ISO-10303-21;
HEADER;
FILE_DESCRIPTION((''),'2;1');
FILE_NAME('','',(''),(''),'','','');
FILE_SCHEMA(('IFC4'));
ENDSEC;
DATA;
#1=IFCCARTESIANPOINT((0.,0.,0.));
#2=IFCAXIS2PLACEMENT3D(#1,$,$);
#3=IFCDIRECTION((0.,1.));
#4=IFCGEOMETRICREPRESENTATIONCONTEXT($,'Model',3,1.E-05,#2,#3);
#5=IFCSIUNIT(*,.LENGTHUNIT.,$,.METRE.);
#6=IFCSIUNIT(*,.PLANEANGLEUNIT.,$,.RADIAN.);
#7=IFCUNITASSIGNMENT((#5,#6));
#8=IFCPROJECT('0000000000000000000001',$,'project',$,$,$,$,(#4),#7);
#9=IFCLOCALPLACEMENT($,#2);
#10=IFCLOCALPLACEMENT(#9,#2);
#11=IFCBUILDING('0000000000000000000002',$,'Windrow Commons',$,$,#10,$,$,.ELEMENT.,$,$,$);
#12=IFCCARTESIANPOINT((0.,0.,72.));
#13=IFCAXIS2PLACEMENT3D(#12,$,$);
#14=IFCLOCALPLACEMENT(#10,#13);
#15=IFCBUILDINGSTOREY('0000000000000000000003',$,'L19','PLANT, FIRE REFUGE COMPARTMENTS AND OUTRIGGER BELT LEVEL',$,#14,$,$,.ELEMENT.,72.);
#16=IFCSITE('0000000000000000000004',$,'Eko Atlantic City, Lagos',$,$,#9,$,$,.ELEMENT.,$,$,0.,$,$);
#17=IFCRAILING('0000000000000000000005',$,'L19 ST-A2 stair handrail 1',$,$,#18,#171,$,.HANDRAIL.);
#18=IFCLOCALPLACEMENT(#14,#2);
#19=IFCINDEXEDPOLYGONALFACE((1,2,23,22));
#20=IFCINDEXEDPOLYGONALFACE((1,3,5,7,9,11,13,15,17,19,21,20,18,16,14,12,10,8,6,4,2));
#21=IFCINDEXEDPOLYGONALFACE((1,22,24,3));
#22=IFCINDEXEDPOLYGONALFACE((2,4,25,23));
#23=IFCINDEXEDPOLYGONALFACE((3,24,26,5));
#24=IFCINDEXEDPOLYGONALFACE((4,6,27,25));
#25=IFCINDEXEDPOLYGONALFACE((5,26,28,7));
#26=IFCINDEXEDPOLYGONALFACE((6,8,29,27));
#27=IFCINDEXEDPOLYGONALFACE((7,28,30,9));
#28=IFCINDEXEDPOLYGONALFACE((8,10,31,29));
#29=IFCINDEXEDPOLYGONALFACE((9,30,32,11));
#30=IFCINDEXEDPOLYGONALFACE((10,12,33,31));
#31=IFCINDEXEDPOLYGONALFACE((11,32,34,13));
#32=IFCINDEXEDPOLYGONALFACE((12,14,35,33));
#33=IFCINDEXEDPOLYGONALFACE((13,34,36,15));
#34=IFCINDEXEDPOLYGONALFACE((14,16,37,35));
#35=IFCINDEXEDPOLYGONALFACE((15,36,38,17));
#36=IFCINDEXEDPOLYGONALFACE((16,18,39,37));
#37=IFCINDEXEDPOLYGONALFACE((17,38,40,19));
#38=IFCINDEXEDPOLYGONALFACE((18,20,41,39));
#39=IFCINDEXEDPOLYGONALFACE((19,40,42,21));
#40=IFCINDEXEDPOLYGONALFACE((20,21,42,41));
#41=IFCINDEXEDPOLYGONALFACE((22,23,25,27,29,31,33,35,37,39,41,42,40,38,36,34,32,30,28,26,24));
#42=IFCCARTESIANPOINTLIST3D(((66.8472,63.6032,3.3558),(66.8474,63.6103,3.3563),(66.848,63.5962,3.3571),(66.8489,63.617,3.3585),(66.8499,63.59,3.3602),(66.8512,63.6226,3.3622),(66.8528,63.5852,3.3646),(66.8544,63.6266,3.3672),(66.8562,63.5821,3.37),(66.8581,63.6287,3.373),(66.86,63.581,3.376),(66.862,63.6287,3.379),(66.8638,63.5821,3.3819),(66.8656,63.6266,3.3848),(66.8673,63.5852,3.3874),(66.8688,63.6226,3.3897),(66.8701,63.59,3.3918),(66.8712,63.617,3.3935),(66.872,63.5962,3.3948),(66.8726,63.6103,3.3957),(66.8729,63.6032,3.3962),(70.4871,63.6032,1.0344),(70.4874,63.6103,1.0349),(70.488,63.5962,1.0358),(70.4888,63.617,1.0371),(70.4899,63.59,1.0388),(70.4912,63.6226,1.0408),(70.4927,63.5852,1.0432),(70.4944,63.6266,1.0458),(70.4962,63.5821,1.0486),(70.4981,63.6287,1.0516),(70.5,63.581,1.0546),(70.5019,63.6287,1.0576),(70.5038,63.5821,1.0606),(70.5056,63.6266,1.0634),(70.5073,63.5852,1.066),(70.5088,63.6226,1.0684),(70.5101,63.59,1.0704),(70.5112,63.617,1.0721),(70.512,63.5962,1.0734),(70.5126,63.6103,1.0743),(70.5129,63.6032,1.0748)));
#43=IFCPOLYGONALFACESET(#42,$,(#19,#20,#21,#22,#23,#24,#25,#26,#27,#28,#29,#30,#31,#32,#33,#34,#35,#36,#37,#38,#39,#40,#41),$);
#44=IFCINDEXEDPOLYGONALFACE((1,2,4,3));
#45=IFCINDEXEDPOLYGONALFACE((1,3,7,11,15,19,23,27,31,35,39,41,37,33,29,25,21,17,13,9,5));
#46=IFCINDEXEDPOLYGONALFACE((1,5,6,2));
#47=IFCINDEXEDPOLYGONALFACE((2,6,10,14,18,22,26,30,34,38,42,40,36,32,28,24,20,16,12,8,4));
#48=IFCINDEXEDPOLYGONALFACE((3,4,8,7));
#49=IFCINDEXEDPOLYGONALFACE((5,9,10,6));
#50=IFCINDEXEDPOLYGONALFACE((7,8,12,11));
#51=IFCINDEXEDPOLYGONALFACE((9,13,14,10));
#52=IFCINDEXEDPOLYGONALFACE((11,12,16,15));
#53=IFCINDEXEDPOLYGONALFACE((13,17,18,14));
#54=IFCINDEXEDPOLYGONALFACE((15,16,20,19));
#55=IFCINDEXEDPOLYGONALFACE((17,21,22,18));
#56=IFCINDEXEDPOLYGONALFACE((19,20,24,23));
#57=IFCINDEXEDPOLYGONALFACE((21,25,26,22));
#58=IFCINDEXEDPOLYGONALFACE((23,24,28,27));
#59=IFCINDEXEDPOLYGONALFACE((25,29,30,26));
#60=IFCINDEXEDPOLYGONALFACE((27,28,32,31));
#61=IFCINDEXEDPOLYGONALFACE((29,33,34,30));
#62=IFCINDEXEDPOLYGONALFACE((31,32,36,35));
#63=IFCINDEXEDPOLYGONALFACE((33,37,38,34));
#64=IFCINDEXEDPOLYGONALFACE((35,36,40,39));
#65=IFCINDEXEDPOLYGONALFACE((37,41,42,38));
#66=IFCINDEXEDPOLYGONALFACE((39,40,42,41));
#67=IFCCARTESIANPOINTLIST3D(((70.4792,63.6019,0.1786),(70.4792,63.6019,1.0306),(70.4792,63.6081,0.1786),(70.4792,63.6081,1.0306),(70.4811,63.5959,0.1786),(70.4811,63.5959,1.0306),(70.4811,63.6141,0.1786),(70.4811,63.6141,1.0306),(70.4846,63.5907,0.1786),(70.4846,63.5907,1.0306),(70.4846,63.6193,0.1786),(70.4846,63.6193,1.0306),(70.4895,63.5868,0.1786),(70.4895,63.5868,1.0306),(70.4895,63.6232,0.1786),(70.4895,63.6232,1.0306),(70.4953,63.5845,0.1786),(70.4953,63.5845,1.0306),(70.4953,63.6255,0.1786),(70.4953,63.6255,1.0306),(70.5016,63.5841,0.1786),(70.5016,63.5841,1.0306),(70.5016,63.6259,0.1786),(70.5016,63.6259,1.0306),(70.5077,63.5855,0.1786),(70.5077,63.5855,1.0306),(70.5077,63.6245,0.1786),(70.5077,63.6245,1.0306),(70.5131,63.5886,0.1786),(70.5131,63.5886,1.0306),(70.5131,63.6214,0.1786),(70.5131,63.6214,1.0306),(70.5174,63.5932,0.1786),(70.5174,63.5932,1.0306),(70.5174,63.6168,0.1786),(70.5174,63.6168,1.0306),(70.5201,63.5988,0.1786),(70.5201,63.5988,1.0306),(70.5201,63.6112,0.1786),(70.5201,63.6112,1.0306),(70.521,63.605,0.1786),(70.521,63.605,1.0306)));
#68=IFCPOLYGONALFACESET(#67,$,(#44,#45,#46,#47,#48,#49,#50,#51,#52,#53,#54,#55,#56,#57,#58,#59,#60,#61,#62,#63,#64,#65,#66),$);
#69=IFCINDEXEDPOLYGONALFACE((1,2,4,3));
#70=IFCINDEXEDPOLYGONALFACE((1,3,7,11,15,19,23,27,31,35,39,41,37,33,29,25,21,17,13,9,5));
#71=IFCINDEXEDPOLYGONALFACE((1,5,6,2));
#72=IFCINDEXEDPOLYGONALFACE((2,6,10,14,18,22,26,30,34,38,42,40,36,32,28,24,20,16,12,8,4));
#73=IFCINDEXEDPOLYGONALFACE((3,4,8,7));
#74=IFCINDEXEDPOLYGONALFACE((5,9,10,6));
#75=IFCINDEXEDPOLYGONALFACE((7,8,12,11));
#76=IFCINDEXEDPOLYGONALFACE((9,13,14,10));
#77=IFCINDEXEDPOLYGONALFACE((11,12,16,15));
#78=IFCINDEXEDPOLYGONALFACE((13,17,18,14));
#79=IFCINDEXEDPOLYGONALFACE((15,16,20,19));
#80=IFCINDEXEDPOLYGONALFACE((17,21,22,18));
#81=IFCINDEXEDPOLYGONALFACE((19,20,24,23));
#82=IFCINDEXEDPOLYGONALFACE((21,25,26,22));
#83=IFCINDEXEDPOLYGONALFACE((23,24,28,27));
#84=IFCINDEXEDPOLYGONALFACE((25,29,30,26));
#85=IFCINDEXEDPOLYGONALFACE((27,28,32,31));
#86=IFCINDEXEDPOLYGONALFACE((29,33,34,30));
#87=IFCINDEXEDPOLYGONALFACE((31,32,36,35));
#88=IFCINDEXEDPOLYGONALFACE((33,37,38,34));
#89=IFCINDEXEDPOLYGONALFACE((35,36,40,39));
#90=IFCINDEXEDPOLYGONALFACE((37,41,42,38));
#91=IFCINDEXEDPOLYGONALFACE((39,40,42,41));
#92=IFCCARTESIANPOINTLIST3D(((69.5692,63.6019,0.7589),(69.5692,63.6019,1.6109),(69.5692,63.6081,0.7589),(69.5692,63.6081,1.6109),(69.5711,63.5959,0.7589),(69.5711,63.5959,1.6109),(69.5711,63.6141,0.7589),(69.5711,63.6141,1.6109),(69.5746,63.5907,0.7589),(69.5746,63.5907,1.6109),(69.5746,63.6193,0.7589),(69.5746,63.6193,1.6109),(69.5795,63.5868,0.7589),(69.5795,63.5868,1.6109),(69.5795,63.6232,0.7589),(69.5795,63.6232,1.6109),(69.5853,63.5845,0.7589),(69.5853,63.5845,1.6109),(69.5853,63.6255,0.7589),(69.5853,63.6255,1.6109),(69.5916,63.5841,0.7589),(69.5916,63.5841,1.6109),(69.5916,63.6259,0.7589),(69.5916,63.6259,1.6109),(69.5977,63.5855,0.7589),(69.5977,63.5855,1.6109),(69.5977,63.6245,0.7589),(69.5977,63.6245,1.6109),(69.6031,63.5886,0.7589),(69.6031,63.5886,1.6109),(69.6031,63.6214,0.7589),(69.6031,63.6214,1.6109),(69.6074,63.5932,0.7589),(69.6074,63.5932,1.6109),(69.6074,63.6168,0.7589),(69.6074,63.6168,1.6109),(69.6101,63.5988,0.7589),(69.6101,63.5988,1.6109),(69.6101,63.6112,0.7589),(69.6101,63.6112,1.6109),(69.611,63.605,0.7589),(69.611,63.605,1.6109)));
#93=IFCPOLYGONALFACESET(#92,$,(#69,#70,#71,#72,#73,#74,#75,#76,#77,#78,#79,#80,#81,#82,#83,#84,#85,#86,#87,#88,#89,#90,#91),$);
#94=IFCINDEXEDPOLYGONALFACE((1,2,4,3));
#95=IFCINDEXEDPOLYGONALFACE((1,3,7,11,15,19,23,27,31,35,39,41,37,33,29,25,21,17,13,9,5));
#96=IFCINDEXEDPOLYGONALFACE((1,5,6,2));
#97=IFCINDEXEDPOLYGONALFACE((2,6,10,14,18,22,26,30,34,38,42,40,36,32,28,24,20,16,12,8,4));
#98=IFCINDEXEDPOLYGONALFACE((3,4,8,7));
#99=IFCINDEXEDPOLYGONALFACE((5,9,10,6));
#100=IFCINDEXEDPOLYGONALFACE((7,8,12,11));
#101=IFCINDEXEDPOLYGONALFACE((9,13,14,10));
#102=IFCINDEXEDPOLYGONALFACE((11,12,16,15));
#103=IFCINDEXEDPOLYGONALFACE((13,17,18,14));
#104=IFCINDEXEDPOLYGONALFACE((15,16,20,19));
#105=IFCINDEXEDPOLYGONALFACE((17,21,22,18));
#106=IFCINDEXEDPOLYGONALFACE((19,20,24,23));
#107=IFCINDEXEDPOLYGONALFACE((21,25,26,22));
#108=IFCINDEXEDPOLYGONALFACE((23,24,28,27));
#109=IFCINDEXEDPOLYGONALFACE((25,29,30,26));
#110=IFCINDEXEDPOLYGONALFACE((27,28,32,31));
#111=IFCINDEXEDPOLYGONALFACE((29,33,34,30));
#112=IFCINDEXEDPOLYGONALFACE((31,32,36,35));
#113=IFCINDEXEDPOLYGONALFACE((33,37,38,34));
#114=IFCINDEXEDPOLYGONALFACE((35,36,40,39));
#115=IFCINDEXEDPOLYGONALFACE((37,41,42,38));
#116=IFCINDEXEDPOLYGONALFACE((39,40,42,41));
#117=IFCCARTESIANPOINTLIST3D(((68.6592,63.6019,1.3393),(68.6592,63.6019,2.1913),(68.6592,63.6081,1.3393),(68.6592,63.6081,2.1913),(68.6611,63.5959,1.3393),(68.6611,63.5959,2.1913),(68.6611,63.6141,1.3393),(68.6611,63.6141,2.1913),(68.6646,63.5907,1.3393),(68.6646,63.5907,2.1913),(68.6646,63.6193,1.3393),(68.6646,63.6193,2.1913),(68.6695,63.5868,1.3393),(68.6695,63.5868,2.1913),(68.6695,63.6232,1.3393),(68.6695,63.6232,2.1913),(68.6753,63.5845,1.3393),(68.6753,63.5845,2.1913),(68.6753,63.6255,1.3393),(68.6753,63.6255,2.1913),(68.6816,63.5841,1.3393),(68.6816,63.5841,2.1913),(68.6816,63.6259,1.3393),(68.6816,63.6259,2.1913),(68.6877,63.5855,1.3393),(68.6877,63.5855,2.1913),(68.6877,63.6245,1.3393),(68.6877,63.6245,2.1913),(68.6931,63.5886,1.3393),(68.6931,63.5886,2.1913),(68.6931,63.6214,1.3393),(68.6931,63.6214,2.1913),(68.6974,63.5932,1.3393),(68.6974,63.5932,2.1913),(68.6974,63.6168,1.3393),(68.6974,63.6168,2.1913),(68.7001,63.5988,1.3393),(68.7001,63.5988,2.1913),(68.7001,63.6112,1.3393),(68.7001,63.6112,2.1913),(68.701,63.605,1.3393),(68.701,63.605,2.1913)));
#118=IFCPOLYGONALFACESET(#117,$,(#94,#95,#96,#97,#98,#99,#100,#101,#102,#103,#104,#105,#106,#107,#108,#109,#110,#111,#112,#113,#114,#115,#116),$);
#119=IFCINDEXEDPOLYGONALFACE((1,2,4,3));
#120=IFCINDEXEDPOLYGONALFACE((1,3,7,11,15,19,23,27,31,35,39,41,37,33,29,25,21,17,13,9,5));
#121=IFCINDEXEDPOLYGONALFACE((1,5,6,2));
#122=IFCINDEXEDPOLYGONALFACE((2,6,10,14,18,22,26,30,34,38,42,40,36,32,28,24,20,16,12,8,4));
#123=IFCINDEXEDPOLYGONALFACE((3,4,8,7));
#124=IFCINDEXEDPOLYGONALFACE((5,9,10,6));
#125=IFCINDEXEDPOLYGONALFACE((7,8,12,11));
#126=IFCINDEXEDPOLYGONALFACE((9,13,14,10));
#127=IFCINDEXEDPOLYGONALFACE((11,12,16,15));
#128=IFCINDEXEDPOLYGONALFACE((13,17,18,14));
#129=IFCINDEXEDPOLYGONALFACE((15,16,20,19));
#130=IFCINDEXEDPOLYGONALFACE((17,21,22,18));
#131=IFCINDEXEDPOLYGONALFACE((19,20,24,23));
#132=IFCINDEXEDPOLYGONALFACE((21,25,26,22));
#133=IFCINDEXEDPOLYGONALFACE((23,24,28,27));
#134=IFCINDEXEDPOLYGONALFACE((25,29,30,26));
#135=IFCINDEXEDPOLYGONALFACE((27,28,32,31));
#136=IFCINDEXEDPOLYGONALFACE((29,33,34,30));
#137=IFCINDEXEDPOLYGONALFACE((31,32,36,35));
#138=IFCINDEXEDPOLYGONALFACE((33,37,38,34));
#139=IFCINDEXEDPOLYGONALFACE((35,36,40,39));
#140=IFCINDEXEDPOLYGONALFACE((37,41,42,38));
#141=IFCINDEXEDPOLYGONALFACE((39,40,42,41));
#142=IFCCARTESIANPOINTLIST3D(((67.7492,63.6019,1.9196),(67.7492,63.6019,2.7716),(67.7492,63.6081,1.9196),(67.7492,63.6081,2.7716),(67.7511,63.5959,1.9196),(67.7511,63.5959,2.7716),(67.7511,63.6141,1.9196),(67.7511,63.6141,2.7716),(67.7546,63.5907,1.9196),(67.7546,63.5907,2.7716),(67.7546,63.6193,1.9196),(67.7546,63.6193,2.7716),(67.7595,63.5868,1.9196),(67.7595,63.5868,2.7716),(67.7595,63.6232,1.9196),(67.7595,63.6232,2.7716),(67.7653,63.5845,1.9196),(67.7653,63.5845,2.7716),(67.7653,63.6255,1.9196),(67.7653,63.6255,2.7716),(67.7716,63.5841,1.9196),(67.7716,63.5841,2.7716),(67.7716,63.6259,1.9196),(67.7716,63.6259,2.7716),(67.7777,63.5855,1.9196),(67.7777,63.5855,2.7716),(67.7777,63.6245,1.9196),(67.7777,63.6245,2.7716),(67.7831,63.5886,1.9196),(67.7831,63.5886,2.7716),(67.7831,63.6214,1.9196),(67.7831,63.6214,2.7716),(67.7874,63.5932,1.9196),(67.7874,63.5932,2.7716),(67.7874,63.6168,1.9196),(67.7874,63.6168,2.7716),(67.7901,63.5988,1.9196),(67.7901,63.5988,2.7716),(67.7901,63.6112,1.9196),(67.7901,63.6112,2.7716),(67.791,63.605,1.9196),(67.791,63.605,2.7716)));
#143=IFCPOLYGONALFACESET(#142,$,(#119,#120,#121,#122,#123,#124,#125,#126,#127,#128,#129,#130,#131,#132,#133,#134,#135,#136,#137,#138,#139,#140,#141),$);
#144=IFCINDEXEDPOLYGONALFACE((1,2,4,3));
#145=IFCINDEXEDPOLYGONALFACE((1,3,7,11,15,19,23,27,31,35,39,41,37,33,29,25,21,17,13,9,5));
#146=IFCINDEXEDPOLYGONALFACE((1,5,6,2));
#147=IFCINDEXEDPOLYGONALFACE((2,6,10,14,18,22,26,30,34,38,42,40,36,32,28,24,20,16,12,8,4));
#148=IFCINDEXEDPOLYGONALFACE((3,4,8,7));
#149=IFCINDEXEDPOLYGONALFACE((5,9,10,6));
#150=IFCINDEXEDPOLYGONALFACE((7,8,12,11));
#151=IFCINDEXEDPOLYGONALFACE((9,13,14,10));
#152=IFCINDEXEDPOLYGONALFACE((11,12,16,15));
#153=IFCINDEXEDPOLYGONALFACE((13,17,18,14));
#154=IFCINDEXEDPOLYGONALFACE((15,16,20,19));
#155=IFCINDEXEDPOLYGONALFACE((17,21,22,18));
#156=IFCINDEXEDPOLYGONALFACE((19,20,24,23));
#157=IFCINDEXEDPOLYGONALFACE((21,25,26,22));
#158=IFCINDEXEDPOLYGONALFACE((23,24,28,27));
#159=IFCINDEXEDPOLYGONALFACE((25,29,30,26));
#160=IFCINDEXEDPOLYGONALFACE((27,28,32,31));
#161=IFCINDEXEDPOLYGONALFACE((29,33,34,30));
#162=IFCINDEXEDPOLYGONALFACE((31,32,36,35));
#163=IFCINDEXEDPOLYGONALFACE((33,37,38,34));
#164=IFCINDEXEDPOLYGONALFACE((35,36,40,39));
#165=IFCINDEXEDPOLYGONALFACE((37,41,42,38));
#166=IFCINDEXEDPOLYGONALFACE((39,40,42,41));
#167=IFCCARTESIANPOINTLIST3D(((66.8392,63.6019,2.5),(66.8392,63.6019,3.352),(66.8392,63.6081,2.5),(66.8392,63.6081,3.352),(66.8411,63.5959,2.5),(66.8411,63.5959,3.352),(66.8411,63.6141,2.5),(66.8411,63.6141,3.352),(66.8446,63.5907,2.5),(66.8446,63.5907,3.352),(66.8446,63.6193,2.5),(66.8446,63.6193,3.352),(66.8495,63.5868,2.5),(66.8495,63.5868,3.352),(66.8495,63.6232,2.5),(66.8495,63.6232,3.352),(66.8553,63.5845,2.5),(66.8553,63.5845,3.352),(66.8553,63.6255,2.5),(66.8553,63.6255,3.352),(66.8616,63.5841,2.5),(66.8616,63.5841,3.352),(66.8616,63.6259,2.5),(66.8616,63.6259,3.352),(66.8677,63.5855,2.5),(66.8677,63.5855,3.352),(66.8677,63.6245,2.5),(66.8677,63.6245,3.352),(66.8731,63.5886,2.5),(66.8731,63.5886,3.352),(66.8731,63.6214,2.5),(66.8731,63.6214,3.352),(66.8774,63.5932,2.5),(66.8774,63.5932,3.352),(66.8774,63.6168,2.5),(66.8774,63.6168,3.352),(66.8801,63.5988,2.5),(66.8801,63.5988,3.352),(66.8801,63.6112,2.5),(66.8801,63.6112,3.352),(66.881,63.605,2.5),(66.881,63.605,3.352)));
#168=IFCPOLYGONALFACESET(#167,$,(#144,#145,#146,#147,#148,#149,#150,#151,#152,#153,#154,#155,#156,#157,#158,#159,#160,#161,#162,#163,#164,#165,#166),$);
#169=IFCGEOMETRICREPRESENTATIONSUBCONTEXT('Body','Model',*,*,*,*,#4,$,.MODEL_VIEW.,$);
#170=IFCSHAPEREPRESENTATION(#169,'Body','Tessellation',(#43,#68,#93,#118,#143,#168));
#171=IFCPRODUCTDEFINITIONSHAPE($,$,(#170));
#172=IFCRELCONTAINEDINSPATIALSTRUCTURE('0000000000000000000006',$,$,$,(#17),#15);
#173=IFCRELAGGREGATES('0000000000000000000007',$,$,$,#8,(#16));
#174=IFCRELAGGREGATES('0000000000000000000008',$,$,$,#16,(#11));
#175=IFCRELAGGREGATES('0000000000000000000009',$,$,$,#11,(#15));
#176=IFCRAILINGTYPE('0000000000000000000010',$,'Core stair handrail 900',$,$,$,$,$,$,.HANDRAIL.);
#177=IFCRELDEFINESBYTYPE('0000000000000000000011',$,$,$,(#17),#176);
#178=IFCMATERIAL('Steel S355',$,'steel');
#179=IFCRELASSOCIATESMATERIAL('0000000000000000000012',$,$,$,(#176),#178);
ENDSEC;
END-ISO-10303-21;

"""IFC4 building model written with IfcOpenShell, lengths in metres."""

from ifc_helpers import new_model, si_unit, direction, frame, origin, origin_2d, place, context, subcontext, project, spatial, circle, extrude, material, type_object, element, save


model = new_model("IFC4")

# Units and contexts
model_context = context("Model", 3, precision=1e-05, world=origin(), true_north=direction((0.0, 1.0)))
body_context = subcontext(model_context, "Body", "Model", "MODEL_VIEW")
ifc_project = project(units=[si_unit("LENGTHUNIT", "METRE"), si_unit("PLANEANGLEUNIT", "RADIAN")], contexts=[model_context])

# Site, building, storey
site_placement = place(None, origin())
site = spatial("IfcSite", under=ifc_project, at=site_placement, Name="Eko Atlantic City, Lagos", CompositionType="ELEMENT", RefElevation=0.0)
building_placement = place(site_placement, origin())
building = spatial("IfcBuilding", under=site, at=building_placement, Name="Windrow Commons", CompositionType="ELEMENT")
storey_placement = place(building_placement, frame((0.0, 0.0, 72.0)))
storey = spatial("IfcBuildingStorey", under=building, at=storey_placement, Name="L19", Description="PLANT, FIRE REFUGE COMPARTMENTS AND OUTRIGGER BELT LEVEL", CompositionType="ELEMENT", Elevation=72.0)

# Railing
ifc_material_1 = material(Name="Steel S355", Category="steel")
railing_type_1 = type_object("IfcRailingType", Name="Core stair handrail 900", PredefinedType="HANDRAIL", material=ifc_material_1)
for number, where, name in (
    (1, (70.5, 63.605, 0.1786), "L19 ST-A2 stair handrail 1"),
):
    element("IfcRailing", number, at=place(storey_placement, frame(where)), inside=storey, type_object=railing_type_1, Name=name, PredefinedType="HANDRAIL", context=body_context, shape_type="SweptSolid", body=[
        extrude(circle(Radius=0.024, at=origin_2d()), frame((0.0, 0.0, 0.876), z_axis=(-0.843133, 0.0, 0.537706), x_axis=(0.0, -1.0, 0.0)), (0.0, 0.0, 1.0), 4.3172),
        extrude(circle(Radius=0.021, at=origin_2d()), origin(), (0.0, 0.0, 1.0), 0.852),
        extrude(circle(Radius=0.021, at=origin_2d()), frame((-0.91, 0.0, 0.5803)), (0.0, 0.0, 1.0), 0.852),
        extrude(circle(Radius=0.021, at=origin_2d()), frame((-1.82, 0.0, 1.1607)), (0.0, 0.0, 1.0), 0.852),
        extrude(circle(Radius=0.021, at=origin_2d()), frame((-2.73, 0.0, 1.741)), (0.0, 0.0, 1.0), 0.852),
        extrude(circle(Radius=0.021, at=origin_2d()), frame((-3.64, 0.0, 2.3214)), (0.0, 0.0, 1.0), 0.852),
    ])

save(model, "model.ifc")
